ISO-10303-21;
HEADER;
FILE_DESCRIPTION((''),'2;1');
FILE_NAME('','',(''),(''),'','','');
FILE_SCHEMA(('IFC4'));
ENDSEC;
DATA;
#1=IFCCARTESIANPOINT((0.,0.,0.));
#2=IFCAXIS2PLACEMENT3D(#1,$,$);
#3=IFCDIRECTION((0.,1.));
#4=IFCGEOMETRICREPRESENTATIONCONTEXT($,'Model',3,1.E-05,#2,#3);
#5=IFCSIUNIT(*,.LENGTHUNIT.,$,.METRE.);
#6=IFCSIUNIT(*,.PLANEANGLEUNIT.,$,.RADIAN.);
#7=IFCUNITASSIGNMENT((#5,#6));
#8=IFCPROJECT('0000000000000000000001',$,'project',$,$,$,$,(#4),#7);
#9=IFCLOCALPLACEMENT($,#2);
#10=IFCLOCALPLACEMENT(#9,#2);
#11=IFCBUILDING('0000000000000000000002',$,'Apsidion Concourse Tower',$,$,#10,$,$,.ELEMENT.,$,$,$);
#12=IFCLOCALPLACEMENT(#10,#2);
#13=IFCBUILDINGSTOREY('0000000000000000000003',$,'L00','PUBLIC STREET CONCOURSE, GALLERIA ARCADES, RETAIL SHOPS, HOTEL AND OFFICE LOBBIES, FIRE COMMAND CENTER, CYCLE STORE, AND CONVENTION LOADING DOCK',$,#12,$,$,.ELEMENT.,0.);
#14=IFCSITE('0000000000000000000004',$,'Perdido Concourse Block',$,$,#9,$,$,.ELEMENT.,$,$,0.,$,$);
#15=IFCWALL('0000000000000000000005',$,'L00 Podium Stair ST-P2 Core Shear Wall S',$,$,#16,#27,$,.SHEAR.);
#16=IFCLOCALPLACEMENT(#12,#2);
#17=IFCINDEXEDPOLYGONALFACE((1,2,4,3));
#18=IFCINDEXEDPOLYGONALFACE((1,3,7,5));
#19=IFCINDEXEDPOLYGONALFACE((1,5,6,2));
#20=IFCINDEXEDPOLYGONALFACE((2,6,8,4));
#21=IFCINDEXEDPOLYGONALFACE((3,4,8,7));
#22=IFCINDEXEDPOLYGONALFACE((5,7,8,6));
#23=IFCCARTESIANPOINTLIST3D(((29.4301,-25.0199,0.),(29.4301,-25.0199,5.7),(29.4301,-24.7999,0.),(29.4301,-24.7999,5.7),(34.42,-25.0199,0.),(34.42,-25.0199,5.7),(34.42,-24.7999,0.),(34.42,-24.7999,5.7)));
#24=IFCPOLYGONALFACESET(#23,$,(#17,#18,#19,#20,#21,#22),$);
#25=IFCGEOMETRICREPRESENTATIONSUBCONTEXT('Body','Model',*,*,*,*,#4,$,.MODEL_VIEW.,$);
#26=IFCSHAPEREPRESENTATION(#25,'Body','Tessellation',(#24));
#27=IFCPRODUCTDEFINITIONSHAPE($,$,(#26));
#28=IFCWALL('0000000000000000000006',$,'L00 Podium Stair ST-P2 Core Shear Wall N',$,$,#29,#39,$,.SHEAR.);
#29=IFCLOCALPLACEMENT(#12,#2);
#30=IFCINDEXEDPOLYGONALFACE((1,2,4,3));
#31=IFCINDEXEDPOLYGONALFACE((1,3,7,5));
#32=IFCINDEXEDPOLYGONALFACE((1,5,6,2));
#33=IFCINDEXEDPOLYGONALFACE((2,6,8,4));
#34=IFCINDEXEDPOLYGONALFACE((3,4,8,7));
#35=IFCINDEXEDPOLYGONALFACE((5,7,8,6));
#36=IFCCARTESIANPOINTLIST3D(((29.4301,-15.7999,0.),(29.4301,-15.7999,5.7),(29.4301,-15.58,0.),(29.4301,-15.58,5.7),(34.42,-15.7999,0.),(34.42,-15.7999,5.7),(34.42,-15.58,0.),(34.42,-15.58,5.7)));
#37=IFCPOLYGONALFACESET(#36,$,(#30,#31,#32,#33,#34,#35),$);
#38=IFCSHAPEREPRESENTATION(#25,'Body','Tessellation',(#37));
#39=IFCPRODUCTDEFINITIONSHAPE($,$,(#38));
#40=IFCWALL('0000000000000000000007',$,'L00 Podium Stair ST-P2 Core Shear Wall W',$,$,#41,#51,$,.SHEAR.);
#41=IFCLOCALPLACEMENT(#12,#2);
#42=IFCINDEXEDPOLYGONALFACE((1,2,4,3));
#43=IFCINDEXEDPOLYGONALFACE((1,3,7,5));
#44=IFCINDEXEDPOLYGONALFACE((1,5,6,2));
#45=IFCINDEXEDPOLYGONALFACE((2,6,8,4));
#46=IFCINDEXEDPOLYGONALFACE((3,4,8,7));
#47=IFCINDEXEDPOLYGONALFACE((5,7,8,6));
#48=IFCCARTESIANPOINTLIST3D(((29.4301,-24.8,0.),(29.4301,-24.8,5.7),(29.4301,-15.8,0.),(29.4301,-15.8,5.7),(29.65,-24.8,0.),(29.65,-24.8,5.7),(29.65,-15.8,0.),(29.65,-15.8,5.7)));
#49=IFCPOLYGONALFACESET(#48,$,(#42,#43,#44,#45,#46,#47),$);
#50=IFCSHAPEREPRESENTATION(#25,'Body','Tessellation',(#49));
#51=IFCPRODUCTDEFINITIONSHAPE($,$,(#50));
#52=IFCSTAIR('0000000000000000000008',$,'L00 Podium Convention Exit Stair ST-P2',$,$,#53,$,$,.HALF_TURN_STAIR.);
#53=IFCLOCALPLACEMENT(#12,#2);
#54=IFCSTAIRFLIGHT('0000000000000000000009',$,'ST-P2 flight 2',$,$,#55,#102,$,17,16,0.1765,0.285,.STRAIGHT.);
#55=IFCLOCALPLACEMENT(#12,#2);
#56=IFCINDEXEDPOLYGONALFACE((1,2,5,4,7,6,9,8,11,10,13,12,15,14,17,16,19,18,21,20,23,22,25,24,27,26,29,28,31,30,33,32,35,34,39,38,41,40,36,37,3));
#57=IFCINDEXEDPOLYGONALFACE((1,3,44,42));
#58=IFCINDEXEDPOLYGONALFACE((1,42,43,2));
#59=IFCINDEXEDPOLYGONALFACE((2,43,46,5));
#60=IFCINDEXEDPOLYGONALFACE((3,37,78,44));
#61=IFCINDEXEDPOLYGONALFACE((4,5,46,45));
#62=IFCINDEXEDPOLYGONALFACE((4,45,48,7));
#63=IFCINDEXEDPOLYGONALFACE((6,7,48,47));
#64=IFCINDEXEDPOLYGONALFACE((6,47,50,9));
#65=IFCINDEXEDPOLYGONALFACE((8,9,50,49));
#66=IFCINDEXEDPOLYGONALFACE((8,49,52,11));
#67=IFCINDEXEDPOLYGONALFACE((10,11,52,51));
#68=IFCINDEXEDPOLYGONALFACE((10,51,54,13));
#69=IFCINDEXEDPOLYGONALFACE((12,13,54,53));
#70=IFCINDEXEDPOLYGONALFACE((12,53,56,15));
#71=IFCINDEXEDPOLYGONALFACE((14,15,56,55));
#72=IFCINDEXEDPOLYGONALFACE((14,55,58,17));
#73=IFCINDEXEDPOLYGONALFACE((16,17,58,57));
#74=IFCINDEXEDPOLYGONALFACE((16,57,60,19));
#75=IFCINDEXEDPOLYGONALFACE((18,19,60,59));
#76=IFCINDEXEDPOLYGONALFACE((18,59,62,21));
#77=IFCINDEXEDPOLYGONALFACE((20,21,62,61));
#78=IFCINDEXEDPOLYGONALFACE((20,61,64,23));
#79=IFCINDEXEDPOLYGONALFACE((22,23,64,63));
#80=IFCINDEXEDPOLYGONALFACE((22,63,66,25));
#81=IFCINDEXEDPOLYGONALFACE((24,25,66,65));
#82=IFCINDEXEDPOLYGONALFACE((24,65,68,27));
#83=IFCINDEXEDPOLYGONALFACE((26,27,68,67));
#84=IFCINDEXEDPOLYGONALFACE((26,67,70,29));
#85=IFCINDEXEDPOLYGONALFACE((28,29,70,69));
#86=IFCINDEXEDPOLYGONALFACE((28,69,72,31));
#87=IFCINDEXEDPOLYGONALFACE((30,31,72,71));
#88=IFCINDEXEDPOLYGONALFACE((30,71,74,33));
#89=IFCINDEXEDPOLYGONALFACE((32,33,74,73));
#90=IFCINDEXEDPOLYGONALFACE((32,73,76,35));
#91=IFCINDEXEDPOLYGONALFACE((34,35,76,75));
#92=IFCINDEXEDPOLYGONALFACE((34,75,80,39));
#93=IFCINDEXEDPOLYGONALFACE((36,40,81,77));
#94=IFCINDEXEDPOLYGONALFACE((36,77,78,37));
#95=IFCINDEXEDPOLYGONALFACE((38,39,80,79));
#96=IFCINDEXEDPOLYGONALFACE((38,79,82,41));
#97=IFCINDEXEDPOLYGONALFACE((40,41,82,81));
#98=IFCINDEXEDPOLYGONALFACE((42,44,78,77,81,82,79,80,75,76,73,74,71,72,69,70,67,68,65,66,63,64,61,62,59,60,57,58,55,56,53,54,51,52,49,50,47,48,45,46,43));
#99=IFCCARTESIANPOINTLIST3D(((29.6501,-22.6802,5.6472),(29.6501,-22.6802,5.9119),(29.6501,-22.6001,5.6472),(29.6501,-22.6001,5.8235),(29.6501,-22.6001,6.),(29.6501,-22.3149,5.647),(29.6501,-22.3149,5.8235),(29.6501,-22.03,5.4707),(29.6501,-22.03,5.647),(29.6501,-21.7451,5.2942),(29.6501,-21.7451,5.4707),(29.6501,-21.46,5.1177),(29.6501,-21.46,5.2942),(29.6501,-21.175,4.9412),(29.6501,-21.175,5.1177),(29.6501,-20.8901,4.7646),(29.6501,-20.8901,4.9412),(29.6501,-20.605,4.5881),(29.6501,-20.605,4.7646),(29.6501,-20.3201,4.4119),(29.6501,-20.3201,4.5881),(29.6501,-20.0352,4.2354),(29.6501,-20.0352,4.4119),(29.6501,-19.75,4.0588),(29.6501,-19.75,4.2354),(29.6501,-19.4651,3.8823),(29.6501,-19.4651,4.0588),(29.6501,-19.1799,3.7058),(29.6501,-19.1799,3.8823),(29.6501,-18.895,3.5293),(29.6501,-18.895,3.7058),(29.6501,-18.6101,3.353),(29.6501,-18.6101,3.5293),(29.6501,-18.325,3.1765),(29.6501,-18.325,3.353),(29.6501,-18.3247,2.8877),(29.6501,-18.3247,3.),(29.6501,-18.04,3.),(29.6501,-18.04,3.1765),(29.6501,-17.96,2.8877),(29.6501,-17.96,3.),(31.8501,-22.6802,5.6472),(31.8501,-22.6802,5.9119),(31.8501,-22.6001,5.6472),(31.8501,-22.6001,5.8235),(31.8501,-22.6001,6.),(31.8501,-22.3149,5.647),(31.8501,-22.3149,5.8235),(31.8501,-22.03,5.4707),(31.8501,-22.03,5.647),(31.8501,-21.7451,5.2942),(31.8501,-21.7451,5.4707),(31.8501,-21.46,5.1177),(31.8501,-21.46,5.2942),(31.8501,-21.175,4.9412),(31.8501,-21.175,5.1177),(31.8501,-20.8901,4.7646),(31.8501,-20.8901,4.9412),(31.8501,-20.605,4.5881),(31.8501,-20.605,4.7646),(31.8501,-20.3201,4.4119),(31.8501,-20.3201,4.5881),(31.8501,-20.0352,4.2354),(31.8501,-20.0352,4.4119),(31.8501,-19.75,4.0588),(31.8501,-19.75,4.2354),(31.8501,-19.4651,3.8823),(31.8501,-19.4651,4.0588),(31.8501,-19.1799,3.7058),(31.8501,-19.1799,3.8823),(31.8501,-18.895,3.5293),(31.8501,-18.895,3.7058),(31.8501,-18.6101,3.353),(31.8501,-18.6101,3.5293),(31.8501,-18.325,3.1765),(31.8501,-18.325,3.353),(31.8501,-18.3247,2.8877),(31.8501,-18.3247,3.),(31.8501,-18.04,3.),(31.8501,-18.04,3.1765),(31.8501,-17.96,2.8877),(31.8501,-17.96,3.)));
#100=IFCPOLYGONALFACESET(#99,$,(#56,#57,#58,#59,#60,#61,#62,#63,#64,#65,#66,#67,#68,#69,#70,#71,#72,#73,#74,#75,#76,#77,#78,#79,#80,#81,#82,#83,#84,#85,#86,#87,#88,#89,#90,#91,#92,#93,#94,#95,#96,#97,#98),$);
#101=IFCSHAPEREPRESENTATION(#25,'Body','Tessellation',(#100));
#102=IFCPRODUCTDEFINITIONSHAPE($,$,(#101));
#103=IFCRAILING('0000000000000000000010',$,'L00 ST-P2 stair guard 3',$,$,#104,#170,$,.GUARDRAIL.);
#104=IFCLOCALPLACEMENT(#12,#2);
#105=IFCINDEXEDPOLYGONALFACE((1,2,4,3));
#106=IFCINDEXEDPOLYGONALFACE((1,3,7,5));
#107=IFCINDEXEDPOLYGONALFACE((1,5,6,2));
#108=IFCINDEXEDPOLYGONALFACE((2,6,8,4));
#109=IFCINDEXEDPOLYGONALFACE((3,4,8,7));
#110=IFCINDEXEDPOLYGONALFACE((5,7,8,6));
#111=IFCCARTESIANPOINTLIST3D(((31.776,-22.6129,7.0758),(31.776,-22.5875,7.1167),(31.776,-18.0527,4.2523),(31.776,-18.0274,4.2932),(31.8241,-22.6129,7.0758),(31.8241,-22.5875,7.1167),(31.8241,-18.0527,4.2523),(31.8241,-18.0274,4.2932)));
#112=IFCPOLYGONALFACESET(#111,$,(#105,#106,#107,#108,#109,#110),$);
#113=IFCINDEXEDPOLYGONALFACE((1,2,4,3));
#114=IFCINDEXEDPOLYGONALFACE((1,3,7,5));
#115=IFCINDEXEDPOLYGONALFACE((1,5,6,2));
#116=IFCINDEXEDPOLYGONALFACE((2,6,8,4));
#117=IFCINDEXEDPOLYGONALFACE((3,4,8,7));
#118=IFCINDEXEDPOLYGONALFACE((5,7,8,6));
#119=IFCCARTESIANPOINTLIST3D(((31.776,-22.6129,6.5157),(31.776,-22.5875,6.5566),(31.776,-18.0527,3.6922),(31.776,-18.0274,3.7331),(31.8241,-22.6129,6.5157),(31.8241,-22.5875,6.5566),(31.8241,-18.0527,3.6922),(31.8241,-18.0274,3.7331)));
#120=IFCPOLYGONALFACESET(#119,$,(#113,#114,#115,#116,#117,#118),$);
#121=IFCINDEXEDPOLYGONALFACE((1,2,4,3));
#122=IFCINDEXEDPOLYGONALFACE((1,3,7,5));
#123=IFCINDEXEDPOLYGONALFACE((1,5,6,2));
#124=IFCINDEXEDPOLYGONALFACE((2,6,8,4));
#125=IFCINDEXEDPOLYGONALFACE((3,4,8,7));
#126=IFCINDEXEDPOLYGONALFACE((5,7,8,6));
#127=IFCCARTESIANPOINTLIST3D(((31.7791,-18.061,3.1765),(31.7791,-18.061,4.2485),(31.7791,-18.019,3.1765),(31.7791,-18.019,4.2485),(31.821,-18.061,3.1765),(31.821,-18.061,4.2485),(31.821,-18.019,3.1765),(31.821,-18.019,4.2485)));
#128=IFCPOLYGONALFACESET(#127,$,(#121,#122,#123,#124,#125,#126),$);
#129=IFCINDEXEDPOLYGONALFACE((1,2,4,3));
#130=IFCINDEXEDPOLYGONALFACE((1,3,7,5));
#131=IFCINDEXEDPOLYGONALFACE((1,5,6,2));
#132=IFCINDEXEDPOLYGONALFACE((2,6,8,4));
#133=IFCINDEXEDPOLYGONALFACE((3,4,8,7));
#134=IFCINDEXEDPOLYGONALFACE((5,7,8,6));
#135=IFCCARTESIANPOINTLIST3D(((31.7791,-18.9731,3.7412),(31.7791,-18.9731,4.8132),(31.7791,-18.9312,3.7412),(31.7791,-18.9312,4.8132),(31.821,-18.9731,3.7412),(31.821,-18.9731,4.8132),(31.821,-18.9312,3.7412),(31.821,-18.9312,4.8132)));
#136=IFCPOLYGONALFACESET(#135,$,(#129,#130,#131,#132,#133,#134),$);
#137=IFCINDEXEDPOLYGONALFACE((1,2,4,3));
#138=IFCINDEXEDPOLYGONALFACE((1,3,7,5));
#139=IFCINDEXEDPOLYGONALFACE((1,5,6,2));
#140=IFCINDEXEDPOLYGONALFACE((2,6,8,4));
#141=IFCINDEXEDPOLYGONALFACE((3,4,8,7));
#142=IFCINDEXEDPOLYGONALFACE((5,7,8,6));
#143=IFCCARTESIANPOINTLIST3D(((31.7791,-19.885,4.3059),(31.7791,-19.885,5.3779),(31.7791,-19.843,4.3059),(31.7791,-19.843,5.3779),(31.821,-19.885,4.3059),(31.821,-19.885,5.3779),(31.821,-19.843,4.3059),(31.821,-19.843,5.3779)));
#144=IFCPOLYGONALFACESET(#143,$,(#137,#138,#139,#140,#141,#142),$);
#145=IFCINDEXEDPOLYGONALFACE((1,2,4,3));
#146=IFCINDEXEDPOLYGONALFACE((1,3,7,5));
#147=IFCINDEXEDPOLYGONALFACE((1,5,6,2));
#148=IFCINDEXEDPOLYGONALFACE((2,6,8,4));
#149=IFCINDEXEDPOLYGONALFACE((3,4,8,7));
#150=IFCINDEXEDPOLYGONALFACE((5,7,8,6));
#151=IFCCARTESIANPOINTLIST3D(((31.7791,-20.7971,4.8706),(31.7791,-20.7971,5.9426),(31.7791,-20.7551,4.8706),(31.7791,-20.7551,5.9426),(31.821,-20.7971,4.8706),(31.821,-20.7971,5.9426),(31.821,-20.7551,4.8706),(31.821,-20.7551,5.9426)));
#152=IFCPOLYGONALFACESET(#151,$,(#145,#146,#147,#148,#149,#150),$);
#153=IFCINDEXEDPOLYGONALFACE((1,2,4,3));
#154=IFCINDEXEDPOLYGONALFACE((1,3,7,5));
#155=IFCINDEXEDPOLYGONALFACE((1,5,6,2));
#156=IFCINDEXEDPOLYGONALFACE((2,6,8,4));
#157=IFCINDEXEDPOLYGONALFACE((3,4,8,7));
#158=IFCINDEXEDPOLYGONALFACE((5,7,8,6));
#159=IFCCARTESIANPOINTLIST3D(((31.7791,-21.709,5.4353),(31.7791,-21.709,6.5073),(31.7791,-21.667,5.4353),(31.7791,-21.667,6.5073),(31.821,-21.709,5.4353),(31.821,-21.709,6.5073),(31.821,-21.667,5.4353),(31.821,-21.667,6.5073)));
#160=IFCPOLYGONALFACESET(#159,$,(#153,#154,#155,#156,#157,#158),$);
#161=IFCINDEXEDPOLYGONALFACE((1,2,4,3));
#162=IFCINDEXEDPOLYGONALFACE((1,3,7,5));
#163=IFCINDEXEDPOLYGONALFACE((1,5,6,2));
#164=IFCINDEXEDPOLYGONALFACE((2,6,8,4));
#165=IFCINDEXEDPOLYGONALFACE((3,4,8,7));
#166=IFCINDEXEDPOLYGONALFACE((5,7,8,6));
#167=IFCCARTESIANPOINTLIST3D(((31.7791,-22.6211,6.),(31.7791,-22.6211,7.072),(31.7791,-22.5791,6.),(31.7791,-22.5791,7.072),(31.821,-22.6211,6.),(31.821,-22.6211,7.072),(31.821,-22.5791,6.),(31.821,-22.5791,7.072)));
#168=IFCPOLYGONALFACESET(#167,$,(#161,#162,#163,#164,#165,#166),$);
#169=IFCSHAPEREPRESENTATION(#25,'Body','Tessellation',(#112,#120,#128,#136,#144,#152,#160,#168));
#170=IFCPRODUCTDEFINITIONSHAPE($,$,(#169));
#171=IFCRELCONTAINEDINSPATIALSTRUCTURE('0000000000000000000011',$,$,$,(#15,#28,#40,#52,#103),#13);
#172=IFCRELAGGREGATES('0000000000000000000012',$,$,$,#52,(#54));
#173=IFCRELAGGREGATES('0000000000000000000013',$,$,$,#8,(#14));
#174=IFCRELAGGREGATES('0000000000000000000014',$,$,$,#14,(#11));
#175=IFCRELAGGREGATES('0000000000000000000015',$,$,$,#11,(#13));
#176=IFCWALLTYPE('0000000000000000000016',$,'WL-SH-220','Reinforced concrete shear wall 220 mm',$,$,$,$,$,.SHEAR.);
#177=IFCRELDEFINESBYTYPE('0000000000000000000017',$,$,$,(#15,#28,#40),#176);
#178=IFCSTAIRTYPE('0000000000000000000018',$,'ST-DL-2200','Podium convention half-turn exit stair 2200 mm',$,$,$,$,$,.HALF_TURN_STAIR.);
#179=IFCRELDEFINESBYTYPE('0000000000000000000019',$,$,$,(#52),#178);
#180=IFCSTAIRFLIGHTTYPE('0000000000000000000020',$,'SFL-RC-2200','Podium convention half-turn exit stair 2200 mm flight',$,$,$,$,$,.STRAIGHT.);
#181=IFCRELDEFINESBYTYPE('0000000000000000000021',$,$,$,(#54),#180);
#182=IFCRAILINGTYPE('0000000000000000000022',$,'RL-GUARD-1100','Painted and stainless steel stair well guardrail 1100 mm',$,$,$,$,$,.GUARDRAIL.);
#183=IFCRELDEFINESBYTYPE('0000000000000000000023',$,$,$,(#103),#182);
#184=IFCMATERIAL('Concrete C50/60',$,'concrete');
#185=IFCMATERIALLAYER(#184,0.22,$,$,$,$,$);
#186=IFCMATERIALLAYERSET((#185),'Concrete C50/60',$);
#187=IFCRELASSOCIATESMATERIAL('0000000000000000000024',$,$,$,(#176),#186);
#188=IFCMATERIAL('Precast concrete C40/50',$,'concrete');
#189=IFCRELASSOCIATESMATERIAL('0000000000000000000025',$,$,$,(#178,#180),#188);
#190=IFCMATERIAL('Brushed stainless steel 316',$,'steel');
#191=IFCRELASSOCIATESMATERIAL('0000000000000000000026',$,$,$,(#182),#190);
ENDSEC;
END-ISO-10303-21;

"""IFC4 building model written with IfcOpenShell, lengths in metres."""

from ifc_helpers import new_model, si_unit, direction, frame, frame_2d, origin, origin_2d, place, context, subcontext, project, spatial, polyline, rectangle, outline, extrude, material, layer, layer_set, type_object, element, aggregate, save


model = new_model("IFC4")

# Units and contexts
model_context = context("Model", 3, precision=1e-05, world=origin(), true_north=direction((0.0, 1.0)))
body_context = subcontext(model_context, "Body", "Model", "MODEL_VIEW")
ifc_project = project(units=[si_unit("LENGTHUNIT", "METRE"), si_unit("PLANEANGLEUNIT", "RADIAN")], contexts=[model_context])

# Site, building, storey
site_placement = place(None, origin())
site = spatial("IfcSite", under=ifc_project, at=site_placement, Name="Perdido Concourse Block", CompositionType="ELEMENT", RefElevation=0.0)
building_placement = place(site_placement, origin())
building = spatial("IfcBuilding", under=site, at=building_placement, Name="Apsidion Concourse Tower", CompositionType="ELEMENT")
storey_placement = place(building_placement, origin())
storey = spatial("IfcBuildingStorey", under=building, at=storey_placement, Name="L00", Description="PUBLIC STREET CONCOURSE, GALLERIA ARCADES, RETAIL SHOPS, HOTEL AND OFFICE LOBBIES, FIRE COMMAND CENTER, CYCLE STORE, AND CONVENTION LOADING DOCK", CompositionType="ELEMENT", Elevation=0.0)

# Shared definitions
ifc_material_1 = material(Name="Precast concrete C40/50", Category="concrete")
ifc_material_2 = material(Name="Concrete C50/60", Category="concrete")

# Shared definitions
ifc_material_3 = material(Name="Brushed stainless steel 316", Category="steel")

# Walls
ifc_layer_1 = layer(ifc_material_2, 0.22)
ifc_layer_set_1 = layer_set([ifc_layer_1], Name="Concrete C50/60")
wall_type_1 = type_object("IfcWallType", Name="WL-SH-220", Description="Reinforced concrete shear wall 220 mm", PredefinedType="SHEAR", material=ifc_layer_set_1)
for number, where, z_axis, x_axis, name in (
    (1, (29.4299, -24.9099, 0.0), (0.0, 0.0, 1.0), (1.0, 0.0, 0.0), "L00 Podium Stair ST-P2 Core Shear Wall S"),
    (2, (29.4299, -15.6899, 0.0), (0.0, 0.0, 1.0), (1.0, 0.0, 0.0), "L00 Podium Stair ST-P2 Core Shear Wall N"),
):
    element("IfcWall", number, at=place(storey_placement, frame(where, z_axis=z_axis, x_axis=x_axis)), inside=storey, type_object=wall_type_1, Name=name, PredefinedType="SHEAR", context=body_context, shape_type="SweptSolid", body=[
        extrude(rectangle(XDim=4.99, YDim=0.22, at=frame_2d((2.4951, 0.0))), origin(), (0.0, 0.0, 1.0), 5.7),
    ])
wall_1_placement = place(storey_placement, frame((29.54, -24.8, 0.0), z_axis=(0.0, 0.0, 1.0), x_axis=(0.0, 1.0, 0.0)))
element("IfcWall", 3, at=wall_1_placement, inside=storey, type_object=wall_type_1, Name="L00 Podium Stair ST-P2 Core Shear Wall W", PredefinedType="SHEAR", context=body_context, shape_type="SweptSolid", body=[
    extrude(rectangle(XDim=9.0, YDim=0.22, at=frame_2d((4.5, 0.0))), origin(), (0.0, 0.0, 1.0), 5.7),
])

# Stair, stair flight
stair_type = type_object("IfcStairType", Name="ST-DL-2200", Description="Podium convention half-turn exit stair 2200 mm", PredefinedType="HALF_TURN_STAIR", material=ifc_material_1)
stair_placement = place(storey_placement, origin())
stair = element("IfcStair", 4, at=stair_placement, inside=storey, type_object=stair_type, Name="L00 Podium Convention Exit Stair ST-P2", PredefinedType="HALF_TURN_STAIR")
stair_flight_type = type_object("IfcStairFlightType", Name="SFL-RC-2200", Description="Podium convention half-turn exit stair 2200 mm flight", PredefinedType="STRAIGHT", material=ifc_material_1)
stair_flight_placement = place(storey_placement, frame((30.75, -18.04, 3.0), z_axis=(0.0, 0.0, 1.0), x_axis=(0.0, -1.0, 0.0)))
stair_flight = element("IfcStairFlight", 5, at=stair_flight_placement, type_object=stair_flight_type, Name="ST-P2 flight 2", NumberOfRisers=17, NumberOfTreads=16, PredefinedType="STRAIGHT", RiserHeight=0.1765, TreadLength=0.285, context=body_context, shape_type="SweptSolid", body=[
    extrude(outline(polyline([(-0.0801, -0.1123), (-0.0801, 0.0), (0.0, 0.0), (0.0, 0.1765), (0.2849, 0.1765), (0.2849, 0.353), (0.5701, 0.353), (0.5701, 0.5293), (0.855, 0.5293), (0.855, 0.7058), (1.1399, 0.7058), (1.1399, 0.8823), (1.425, 0.8823), (1.425, 1.0588), (1.71, 1.0588), (1.71, 1.2354), (1.9951, 1.2354), (1.9951, 1.4119), (2.28, 1.4119), (2.28, 1.5881), (2.5649, 1.5881), (2.5649, 1.7646), (2.8501, 1.7646), (2.8501, 1.9412), (3.135, 1.9412), (3.135, 2.1177), (3.4199, 2.1177), (3.4199, 2.2942), (3.7051, 2.2942), (3.7051, 2.4707), (3.99, 2.4707), (3.99, 2.647), (4.2749, 2.647), (4.2749, 2.8235), (4.5601, 2.8235), (4.5601, 3.0), (4.6401, 2.9119), (4.6401, 2.6472), (4.5601, 2.6472), (0.2847, 0.0), (0.2847, -0.1123), (-0.0801, -0.1123)])), frame((0.0, 1.1001, 0.0), z_axis=(0.0, -1.0, 0.0), x_axis=(1.0, 0.0, 0.0)), (0.0, 0.0, 1.0), 2.2),
])
aggregate(stair, [stair_flight])

# Railing
railing_type_1 = type_object("IfcRailingType", Name="RL-GUARD-1100", Description="Painted and stainless steel stair well guardrail 1100 mm", PredefinedType="GUARDRAIL", material=ifc_material_3)
railing_1_placement = place(storey_placement, frame((31.8, -18.04, 3.1765)))
element("IfcRailing", 6, at=railing_1_placement, inside=storey, type_object=railing_type_1, Name="L00 ST-P2 stair guard 3", PredefinedType="GUARDRAIL", context=body_context, shape_type="SweptSolid", body=[
    extrude(rectangle(XDim=0.0481, YDim=0.0481, at=origin_2d()), frame((0.0, 0.0, 1.0962), z_axis=(0.0, -0.850216, 0.526435), x_axis=(1.0, 0.0, 0.0)), (0.0, 0.0, 1.0), 5.3635),
    extrude(rectangle(XDim=0.0481, YDim=0.0481, at=origin_2d()), frame((0.0, 0.0, 0.5361), z_axis=(0.0, -0.850216, 0.526435), x_axis=(1.0, 0.0, 0.0)), (0.0, 0.0, 1.0), 5.3635),
    extrude(rectangle(XDim=0.042, YDim=0.042, at=origin_2d()), origin(), (0.0, 0.0, 1.0), 1.072),
    extrude(rectangle(XDim=0.042, YDim=0.042, at=origin_2d()), frame((0.0, -0.9121, 0.5647)), (0.0, 0.0, 1.0), 1.072),
    extrude(rectangle(XDim=0.042, YDim=0.042, at=origin_2d()), frame((0.0, -1.824, 1.1294)), (0.0, 0.0, 1.0), 1.072),
    extrude(rectangle(XDim=0.042, YDim=0.042, at=origin_2d()), frame((0.0, -2.7361, 1.6941)), (0.0, 0.0, 1.0), 1.072),
    extrude(rectangle(XDim=0.042, YDim=0.042, at=origin_2d()), frame((0.0, -3.6479, 2.2588)), (0.0, 0.0, 1.0), 1.072),
    extrude(rectangle(XDim=0.042, YDim=0.042, at=origin_2d()), frame((0.0, -4.5601, 2.8235)), (0.0, 0.0, 1.0), 1.072),
])

save(model, "model.ifc")
